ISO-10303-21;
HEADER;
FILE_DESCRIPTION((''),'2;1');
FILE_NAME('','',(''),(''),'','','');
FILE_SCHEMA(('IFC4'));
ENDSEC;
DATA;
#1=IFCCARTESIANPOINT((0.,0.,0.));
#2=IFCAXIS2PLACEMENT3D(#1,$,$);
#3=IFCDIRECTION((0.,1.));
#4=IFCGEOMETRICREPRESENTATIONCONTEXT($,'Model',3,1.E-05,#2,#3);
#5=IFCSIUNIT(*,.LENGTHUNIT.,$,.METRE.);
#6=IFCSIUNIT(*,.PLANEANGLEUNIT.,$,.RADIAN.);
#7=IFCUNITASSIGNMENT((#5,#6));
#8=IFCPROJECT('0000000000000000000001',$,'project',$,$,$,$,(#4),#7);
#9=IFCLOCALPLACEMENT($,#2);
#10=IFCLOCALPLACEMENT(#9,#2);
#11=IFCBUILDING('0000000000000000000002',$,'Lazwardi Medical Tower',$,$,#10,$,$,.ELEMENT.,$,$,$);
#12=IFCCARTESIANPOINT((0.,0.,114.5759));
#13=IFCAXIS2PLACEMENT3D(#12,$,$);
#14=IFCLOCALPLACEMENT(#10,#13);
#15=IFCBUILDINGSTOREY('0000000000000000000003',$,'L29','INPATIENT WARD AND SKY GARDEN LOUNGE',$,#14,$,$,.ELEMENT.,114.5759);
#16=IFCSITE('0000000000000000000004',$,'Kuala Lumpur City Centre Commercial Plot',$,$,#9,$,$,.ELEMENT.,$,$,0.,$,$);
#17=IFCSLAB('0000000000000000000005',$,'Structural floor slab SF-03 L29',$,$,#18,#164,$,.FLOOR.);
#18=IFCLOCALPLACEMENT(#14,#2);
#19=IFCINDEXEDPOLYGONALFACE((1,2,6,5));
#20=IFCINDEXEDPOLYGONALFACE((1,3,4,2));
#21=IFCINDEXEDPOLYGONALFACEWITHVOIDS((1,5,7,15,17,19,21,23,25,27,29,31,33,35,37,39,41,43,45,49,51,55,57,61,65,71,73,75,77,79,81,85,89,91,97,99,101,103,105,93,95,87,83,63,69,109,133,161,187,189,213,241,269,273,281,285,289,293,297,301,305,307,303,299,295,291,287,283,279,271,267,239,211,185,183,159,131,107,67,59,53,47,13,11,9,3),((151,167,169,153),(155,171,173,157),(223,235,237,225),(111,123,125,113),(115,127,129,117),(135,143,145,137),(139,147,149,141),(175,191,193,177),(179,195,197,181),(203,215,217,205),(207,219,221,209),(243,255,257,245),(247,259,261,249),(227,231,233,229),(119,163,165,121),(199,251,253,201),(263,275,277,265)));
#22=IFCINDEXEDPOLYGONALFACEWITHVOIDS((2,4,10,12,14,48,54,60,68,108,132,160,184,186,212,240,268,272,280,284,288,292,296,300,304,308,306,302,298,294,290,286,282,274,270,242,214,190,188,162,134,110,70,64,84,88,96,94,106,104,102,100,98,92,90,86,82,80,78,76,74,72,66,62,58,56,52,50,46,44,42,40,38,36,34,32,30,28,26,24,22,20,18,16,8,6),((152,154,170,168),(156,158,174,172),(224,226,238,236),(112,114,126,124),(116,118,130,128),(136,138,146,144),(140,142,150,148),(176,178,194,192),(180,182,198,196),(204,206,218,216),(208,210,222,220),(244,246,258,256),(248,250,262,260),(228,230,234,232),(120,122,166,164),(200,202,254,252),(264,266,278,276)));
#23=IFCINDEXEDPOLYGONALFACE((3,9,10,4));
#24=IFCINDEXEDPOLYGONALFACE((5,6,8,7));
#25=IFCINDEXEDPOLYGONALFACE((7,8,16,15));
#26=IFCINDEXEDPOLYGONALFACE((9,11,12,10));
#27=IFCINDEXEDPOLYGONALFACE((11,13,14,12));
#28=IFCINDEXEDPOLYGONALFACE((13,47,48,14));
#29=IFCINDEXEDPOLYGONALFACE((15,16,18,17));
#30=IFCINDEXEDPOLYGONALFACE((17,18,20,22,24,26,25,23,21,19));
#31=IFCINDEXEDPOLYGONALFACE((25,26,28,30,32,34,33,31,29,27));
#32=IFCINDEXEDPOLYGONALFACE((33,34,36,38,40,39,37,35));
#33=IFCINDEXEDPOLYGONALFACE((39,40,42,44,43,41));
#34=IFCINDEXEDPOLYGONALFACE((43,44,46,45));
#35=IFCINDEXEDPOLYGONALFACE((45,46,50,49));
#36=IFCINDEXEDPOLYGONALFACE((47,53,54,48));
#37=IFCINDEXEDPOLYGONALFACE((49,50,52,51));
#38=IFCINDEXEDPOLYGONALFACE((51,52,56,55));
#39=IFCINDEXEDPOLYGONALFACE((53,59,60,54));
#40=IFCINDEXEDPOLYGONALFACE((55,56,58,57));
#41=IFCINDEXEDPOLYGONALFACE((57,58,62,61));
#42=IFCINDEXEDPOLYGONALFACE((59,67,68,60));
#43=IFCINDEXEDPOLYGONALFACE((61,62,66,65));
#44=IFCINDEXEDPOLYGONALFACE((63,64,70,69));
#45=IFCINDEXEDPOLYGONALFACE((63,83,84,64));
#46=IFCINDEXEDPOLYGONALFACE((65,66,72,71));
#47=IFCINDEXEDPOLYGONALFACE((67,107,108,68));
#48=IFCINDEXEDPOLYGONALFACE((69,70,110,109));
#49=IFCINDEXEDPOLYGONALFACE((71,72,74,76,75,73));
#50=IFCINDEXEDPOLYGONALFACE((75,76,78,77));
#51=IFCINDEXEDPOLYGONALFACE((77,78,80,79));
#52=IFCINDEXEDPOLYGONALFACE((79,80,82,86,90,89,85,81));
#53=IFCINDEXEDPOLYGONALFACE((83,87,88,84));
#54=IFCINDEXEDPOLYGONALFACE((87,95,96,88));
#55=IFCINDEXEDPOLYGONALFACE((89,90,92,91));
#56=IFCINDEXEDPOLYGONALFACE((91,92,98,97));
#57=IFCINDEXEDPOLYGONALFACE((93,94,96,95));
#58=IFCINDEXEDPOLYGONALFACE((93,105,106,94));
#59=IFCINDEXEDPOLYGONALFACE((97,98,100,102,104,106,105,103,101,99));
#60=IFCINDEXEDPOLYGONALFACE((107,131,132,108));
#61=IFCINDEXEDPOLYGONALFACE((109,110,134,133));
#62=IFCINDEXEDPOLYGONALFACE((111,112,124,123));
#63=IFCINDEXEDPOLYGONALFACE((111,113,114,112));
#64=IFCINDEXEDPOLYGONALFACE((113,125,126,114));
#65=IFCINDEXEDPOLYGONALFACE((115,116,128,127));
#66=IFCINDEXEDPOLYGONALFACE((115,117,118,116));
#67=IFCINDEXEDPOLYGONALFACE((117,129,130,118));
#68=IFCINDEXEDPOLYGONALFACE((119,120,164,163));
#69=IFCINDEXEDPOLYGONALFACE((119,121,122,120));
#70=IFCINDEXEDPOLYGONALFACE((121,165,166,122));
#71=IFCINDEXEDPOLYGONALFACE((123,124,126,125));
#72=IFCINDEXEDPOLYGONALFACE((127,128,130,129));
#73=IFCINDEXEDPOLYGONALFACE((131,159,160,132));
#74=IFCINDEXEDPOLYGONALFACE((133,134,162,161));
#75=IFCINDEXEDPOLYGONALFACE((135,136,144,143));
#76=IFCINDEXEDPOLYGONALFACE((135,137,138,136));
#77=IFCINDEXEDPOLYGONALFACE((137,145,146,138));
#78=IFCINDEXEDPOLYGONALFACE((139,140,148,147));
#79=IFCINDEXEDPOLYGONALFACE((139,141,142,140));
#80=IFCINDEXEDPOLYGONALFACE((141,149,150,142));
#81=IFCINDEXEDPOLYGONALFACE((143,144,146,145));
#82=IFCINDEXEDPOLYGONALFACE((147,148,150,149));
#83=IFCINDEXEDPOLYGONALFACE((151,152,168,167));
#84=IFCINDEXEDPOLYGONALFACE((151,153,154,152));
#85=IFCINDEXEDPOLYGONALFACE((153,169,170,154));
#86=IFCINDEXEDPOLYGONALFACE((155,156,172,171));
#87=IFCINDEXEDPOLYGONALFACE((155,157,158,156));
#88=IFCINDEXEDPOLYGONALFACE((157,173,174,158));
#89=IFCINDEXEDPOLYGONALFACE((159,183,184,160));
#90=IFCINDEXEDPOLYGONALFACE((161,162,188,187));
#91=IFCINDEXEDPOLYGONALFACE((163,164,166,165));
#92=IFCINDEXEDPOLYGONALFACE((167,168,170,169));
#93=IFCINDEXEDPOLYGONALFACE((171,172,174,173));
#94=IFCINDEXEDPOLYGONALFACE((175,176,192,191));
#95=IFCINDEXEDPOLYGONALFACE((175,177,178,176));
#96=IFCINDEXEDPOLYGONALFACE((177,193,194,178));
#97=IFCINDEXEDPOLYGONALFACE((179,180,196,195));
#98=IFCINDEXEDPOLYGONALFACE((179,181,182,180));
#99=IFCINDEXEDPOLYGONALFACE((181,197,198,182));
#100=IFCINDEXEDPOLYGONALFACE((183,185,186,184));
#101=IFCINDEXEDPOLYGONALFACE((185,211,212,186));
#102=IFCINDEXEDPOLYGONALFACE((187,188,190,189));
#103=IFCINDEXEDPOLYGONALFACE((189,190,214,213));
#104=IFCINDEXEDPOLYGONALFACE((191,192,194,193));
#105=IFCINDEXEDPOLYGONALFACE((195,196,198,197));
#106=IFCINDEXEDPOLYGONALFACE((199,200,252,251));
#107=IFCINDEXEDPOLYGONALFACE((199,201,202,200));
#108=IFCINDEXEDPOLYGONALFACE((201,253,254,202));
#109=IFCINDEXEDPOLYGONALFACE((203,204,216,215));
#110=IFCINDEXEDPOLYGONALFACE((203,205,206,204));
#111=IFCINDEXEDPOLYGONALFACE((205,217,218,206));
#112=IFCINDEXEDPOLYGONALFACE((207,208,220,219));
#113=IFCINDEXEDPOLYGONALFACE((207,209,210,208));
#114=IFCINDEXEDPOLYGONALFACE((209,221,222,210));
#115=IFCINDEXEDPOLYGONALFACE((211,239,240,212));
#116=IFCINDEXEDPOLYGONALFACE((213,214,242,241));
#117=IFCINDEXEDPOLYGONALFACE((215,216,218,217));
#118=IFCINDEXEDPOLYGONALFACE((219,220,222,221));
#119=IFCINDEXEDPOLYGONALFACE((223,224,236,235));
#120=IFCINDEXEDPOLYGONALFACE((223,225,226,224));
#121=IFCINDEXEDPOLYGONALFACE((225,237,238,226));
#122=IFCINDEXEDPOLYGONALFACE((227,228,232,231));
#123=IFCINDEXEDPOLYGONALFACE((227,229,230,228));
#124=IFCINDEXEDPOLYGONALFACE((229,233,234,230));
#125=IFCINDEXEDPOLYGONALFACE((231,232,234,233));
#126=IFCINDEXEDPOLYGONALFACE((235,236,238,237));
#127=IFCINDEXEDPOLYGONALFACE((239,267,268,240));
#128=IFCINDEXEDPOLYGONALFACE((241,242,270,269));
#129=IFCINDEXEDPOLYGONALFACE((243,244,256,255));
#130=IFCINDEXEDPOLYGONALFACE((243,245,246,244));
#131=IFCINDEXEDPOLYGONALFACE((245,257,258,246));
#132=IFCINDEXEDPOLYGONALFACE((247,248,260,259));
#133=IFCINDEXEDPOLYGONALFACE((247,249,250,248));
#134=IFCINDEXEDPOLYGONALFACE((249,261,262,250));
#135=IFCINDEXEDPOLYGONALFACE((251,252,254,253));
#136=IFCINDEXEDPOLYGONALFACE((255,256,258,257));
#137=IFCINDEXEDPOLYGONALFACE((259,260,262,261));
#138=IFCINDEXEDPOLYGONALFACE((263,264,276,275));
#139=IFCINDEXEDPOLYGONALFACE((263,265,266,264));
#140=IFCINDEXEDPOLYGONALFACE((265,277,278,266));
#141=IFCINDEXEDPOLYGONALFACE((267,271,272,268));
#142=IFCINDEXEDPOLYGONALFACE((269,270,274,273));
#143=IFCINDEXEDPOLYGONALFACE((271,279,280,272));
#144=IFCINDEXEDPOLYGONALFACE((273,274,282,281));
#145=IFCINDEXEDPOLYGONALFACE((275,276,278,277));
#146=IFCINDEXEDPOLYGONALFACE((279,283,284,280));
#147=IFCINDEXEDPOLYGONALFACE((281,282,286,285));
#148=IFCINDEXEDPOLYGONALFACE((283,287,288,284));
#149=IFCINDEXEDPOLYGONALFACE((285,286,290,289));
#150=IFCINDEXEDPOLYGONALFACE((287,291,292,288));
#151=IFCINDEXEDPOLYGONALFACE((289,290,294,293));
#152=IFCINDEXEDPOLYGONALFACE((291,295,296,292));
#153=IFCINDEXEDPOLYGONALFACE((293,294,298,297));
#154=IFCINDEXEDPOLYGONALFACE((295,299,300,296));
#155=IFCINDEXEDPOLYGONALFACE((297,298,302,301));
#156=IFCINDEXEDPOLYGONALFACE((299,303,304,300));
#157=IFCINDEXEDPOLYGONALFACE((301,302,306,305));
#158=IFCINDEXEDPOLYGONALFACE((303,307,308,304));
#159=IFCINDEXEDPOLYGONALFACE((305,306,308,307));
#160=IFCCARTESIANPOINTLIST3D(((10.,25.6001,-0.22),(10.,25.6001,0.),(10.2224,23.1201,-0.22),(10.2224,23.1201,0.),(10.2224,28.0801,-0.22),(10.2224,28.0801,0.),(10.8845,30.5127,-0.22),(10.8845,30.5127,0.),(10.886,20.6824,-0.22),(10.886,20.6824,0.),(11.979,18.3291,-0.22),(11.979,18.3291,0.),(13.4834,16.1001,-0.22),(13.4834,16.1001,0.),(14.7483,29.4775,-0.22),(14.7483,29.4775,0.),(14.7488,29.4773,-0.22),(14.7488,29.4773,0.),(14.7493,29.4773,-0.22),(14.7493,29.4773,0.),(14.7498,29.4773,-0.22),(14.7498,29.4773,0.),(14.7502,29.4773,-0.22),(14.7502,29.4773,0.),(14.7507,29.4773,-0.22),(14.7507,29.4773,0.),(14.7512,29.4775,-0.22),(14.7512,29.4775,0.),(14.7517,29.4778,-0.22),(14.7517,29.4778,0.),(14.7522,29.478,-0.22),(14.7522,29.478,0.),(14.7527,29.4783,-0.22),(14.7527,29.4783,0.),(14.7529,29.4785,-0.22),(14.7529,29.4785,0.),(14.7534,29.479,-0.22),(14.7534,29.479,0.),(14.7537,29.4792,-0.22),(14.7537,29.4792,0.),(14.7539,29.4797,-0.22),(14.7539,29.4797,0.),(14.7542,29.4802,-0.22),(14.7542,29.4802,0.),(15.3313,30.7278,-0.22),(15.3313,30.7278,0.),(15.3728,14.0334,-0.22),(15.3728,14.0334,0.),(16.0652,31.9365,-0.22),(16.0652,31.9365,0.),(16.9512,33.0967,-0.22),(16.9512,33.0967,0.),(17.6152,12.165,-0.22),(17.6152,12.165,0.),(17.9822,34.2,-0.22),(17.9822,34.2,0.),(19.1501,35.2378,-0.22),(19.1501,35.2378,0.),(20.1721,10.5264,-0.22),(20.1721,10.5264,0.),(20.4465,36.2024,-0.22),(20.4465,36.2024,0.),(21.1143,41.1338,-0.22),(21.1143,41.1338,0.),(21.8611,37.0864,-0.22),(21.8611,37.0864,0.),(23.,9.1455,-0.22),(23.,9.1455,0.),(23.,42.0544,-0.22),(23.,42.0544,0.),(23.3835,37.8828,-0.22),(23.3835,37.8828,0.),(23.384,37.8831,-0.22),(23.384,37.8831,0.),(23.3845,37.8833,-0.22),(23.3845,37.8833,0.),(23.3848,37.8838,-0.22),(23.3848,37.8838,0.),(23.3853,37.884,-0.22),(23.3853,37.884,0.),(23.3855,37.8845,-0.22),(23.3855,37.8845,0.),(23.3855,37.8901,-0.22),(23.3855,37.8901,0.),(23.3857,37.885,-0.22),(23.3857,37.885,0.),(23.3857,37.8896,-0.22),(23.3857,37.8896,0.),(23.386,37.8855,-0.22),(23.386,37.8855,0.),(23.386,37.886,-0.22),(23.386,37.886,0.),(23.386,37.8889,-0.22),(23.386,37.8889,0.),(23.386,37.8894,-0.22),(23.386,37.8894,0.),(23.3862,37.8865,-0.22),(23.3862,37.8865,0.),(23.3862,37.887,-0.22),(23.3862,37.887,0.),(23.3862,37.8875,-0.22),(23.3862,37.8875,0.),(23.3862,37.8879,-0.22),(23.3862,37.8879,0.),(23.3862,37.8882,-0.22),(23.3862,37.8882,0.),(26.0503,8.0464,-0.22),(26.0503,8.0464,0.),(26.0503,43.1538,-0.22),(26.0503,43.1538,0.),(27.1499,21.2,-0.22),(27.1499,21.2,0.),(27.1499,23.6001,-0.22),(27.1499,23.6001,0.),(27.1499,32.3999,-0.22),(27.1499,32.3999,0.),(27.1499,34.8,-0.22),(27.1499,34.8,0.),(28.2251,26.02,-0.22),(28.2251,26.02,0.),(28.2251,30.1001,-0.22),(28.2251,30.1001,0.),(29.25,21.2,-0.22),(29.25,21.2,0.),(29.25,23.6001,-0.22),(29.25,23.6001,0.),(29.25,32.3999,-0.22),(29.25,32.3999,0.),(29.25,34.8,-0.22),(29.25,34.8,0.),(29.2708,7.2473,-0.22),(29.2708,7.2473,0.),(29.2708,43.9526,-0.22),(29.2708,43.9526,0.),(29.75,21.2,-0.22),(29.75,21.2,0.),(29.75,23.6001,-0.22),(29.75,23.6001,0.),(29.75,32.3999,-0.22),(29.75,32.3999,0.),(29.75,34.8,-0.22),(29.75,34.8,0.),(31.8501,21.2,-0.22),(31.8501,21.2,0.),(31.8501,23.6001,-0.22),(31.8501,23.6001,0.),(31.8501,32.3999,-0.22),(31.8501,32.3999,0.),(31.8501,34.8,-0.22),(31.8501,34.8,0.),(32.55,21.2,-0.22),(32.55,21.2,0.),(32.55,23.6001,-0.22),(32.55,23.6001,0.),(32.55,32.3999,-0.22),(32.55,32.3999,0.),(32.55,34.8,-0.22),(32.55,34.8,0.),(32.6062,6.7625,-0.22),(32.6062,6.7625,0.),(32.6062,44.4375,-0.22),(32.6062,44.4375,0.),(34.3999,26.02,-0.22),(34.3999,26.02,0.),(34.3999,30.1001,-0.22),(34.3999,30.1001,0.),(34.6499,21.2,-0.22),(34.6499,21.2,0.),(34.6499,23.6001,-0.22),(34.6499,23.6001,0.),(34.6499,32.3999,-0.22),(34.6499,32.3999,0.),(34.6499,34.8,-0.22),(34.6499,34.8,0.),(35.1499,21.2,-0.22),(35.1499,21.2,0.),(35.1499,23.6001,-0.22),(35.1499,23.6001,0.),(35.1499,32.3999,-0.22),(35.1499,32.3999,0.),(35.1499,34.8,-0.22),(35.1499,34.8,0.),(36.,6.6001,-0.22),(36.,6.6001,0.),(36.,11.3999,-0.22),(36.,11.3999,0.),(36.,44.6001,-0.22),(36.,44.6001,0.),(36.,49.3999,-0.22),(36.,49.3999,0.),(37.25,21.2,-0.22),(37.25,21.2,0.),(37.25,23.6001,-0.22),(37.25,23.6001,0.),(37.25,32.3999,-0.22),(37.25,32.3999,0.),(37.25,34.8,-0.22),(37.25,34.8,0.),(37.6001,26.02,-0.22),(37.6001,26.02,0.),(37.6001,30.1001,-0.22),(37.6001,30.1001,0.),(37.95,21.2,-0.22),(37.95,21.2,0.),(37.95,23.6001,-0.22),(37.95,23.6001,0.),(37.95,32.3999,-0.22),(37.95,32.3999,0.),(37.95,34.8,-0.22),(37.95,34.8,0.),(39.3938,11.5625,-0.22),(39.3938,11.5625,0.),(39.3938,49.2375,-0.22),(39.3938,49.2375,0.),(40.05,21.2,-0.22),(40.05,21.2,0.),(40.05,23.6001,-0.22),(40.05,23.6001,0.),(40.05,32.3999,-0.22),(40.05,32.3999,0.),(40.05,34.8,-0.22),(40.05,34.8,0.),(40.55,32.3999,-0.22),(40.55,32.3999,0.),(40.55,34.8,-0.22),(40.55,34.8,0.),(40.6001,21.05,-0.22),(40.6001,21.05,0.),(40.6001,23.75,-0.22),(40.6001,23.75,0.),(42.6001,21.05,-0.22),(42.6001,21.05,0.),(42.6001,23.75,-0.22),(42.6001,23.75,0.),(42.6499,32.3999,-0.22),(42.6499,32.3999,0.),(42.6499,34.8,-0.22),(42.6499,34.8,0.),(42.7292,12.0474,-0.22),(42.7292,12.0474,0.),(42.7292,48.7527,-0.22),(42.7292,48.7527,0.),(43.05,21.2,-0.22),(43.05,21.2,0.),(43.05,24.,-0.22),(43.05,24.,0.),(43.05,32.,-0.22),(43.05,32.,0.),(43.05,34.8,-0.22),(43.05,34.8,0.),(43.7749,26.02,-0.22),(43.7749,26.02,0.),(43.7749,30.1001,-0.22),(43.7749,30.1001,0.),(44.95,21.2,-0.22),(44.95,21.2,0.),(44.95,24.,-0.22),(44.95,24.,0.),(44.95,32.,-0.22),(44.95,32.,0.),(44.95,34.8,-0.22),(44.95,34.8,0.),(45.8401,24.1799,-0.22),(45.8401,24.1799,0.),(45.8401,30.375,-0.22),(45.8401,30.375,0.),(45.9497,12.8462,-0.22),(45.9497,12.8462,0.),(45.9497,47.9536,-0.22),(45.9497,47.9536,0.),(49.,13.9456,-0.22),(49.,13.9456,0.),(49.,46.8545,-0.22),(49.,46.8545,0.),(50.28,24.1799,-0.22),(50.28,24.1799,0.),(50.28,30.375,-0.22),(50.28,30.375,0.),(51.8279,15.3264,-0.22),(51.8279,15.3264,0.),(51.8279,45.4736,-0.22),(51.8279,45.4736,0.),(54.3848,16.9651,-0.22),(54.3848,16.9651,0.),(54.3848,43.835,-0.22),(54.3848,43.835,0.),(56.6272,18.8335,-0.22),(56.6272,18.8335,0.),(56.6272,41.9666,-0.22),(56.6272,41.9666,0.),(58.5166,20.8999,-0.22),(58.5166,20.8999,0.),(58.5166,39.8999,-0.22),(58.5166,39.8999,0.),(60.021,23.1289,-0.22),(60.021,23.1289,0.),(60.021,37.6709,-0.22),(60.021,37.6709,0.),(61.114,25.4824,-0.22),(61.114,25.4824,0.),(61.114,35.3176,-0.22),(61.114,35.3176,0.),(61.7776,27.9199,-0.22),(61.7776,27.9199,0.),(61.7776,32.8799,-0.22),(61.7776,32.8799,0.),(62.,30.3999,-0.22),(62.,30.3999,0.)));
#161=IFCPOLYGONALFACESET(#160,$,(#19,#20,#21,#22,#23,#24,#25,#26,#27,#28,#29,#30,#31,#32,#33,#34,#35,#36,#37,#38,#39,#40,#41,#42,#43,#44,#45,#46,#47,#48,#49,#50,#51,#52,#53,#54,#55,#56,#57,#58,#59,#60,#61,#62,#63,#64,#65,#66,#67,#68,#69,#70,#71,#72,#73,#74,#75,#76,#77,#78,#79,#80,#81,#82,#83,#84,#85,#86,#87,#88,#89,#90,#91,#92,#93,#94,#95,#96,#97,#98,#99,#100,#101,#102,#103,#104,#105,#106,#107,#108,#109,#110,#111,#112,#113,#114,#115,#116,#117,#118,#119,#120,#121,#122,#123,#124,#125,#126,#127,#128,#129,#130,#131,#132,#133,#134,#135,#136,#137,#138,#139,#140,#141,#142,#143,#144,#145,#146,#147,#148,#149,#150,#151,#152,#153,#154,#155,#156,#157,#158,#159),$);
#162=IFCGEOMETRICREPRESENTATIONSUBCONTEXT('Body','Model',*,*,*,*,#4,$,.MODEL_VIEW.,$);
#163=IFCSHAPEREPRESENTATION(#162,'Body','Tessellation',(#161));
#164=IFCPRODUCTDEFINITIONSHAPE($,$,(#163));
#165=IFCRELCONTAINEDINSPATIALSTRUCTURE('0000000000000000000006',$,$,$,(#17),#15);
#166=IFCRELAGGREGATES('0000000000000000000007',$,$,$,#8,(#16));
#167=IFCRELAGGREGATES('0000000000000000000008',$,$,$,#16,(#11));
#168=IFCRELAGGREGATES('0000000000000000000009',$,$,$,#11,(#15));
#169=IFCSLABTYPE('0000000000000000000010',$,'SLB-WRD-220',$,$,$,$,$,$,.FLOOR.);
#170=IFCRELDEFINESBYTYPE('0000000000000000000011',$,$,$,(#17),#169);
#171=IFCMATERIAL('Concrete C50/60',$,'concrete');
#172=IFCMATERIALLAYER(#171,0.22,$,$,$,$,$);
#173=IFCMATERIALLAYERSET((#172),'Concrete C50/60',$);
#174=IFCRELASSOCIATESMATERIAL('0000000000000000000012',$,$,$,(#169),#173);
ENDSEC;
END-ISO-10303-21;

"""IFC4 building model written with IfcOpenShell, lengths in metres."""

from ifc_helpers import new_model, si_unit, direction, frame, origin, place, context, subcontext, project, spatial, polyline, outline, extrude, material, layer, layer_set, type_object, element, save


model = new_model("IFC4")

# Units and contexts
model_context = context("Model", 3, precision=1e-05, world=origin(), true_north=direction((0.0, 1.0)))
body_context = subcontext(model_context, "Body", "Model", "MODEL_VIEW")
ifc_project = project(units=[si_unit("LENGTHUNIT", "METRE"), si_unit("PLANEANGLEUNIT", "RADIAN")], contexts=[model_context])

# Site, building, storey
site_placement = place(None, origin())
site = spatial("IfcSite", under=ifc_project, at=site_placement, Name="Kuala Lumpur City Centre Commercial Plot", CompositionType="ELEMENT", RefElevation=0.0)
building_placement = place(site_placement, origin())
building = spatial("IfcBuilding", under=site, at=building_placement, Name="Lazwardi Medical Tower", CompositionType="ELEMENT")
storey_placement = place(building_placement, frame((0.0, 0.0, 114.5759)))
storey = spatial("IfcBuildingStorey", under=building, at=storey_placement, Name="L29", Description="INPATIENT WARD AND SKY GARDEN LOUNGE", CompositionType="ELEMENT", Elevation=114.5759)

# Slab
ifc_material_1 = material(Name="Concrete C50/60", Category="concrete")
ifc_layer_1 = layer(ifc_material_1, 0.22)
ifc_layer_set_1 = layer_set([ifc_layer_1], Name="Concrete C50/60")
slab_type_1 = type_object("IfcSlabType", Name="SLB-WRD-220", PredefinedType="FLOOR", material=ifc_layer_set_1)
slab_1_placement = place(storey_placement, frame((0.0, 0.0, -0.22)))
element("IfcSlab", 1, at=slab_1_placement, inside=storey, type_object=slab_type_1, Name="Structural floor slab SF-03 L29", PredefinedType="FLOOR", context=body_context, shape_type="SweptSolid", body=[
    extrude(outline(polyline([(61.7776, 32.8799), (61.114, 35.3176), (60.021, 37.6709), (58.5166, 39.8999), (56.6272, 41.9666), (54.3848, 43.835), (51.8279, 45.4736), (49.0, 46.8545), (45.9497, 47.9536), (42.7292, 48.7527), (39.3938, 49.2375), (36.0, 49.3999), (36.0, 44.6001), (32.6062, 44.4375), (29.2708, 43.9526), (26.0503, 43.1538), (23.0, 42.0544), (21.1143, 41.1338), (23.3855, 37.8901), (23.3857, 37.8896), (23.386, 37.8894), (23.386, 37.8889), (23.3862, 37.8882), (23.3862, 37.8879), (23.3862, 37.8875), (23.3862, 37.887), (23.3862, 37.8865), (23.386, 37.886), (23.386, 37.8855), (23.3857, 37.885), (23.3855, 37.8845), (23.3853, 37.884), (23.3848, 37.8838), (23.3845, 37.8833), (23.384, 37.8831), (23.3835, 37.8828), (21.8611, 37.0864), (20.4465, 36.2024), (19.1501, 35.2378), (17.9822, 34.2), (16.9512, 33.0967), (16.0652, 31.9365), (15.3313, 30.7278), (14.7542, 29.4802), (14.7539, 29.4797), (14.7537, 29.4792), (14.7534, 29.479), (14.7529, 29.4785), (14.7527, 29.4783), (14.7522, 29.478), (14.7517, 29.4778), (14.7512, 29.4775), (14.7507, 29.4773), (14.7502, 29.4773), (14.7498, 29.4773), (14.7493, 29.4773), (14.7488, 29.4773), (14.7483, 29.4775), (10.8845, 30.5127), (10.8845, 30.5127), (10.2224, 28.0801), (10.0, 25.6001), (10.2224, 23.1201), (10.886, 20.6824), (11.979, 18.3291), (13.4834, 16.1001), (15.3728, 14.0334), (17.6152, 12.165), (20.1721, 10.5264), (23.0, 9.1455), (26.0503, 8.0464), (29.2708, 7.2473), (32.6062, 6.7625), (36.0, 6.6001), (36.0, 11.3999), (39.3938, 11.5625), (42.7292, 12.0474), (45.9497, 12.8462), (49.0, 13.9456), (51.8279, 15.3264), (54.3848, 16.9651), (56.6272, 18.8335), (58.5166, 20.8999), (60.021, 23.1289), (61.114, 25.4824), (61.7776, 27.9199), (62.0, 30.3999), (61.7776, 32.8799)]), holes=[polyline([(28.2251, 26.02), (28.2251, 30.1001), (34.3999, 30.1001), (34.3999, 26.02), (28.2251, 26.02)]), polyline([(37.6001, 30.1001), (43.7749, 30.1001), (43.7749, 26.02), (37.6001, 26.02), (37.6001, 30.1001)]), polyline([(50.28, 30.375), (50.28, 24.1799), (45.8401, 24.1799), (45.8401, 30.375), (50.28, 30.375)]), polyline([(29.25, 32.3999), (27.1499, 32.3999), (27.1499, 34.8), (29.25, 34.8), (29.25, 32.3999)]), polyline([(29.75, 32.3999), (29.75, 34.8), (31.8501, 34.8), (31.8501, 32.3999), (29.75, 32.3999)]), polyline([(27.1499, 23.6001), (29.25, 23.6001), (29.25, 21.2), (27.1499, 21.2), (27.1499, 23.6001)]), polyline([(31.8501, 23.6001), (31.8501, 21.2), (29.75, 21.2), (29.75, 23.6001), (31.8501, 23.6001)]), polyline([(34.6499, 32.3999), (32.55, 32.3999), (32.55, 34.8), (34.6499, 34.8), (34.6499, 32.3999)]), polyline([(35.1499, 32.3999), (35.1499, 34.8), (37.25, 34.8), (37.25, 32.3999), (35.1499, 32.3999)]), polyline([(32.55, 23.6001), (34.6499, 23.6001), (34.6499, 21.2), (32.55, 21.2), (32.55, 23.6001)]), polyline([(37.25, 23.6001), (37.25, 21.2), (35.1499, 21.2), (35.1499, 23.6001), (37.25, 23.6001)]), polyline([(40.05, 32.3999), (37.95, 32.3999), (37.95, 34.8), (40.05, 34.8), (40.05, 32.3999)]), polyline([(40.55, 32.3999), (40.55, 34.8), (42.6499, 34.8), (42.6499, 32.3999), (40.55, 32.3999)]), polyline([(37.95, 23.6001), (40.05, 23.6001), (40.05, 21.2), (37.95, 21.2), (37.95, 23.6001)]), polyline([(44.95, 34.8), (44.95, 32.0), (43.05, 32.0), (43.05, 34.8), (44.95, 34.8)]), polyline([(44.95, 21.2), (43.05, 21.2), (43.05, 24.0), (44.95, 24.0), (44.95, 21.2)]), polyline([(40.6001, 21.05), (40.6001, 23.75), (42.6001, 23.75), (42.6001, 21.05), (40.6001, 21.05)])]), origin(), (0.0, 0.0, 1.0), 0.22),
])

save(model, "model.ifc")
